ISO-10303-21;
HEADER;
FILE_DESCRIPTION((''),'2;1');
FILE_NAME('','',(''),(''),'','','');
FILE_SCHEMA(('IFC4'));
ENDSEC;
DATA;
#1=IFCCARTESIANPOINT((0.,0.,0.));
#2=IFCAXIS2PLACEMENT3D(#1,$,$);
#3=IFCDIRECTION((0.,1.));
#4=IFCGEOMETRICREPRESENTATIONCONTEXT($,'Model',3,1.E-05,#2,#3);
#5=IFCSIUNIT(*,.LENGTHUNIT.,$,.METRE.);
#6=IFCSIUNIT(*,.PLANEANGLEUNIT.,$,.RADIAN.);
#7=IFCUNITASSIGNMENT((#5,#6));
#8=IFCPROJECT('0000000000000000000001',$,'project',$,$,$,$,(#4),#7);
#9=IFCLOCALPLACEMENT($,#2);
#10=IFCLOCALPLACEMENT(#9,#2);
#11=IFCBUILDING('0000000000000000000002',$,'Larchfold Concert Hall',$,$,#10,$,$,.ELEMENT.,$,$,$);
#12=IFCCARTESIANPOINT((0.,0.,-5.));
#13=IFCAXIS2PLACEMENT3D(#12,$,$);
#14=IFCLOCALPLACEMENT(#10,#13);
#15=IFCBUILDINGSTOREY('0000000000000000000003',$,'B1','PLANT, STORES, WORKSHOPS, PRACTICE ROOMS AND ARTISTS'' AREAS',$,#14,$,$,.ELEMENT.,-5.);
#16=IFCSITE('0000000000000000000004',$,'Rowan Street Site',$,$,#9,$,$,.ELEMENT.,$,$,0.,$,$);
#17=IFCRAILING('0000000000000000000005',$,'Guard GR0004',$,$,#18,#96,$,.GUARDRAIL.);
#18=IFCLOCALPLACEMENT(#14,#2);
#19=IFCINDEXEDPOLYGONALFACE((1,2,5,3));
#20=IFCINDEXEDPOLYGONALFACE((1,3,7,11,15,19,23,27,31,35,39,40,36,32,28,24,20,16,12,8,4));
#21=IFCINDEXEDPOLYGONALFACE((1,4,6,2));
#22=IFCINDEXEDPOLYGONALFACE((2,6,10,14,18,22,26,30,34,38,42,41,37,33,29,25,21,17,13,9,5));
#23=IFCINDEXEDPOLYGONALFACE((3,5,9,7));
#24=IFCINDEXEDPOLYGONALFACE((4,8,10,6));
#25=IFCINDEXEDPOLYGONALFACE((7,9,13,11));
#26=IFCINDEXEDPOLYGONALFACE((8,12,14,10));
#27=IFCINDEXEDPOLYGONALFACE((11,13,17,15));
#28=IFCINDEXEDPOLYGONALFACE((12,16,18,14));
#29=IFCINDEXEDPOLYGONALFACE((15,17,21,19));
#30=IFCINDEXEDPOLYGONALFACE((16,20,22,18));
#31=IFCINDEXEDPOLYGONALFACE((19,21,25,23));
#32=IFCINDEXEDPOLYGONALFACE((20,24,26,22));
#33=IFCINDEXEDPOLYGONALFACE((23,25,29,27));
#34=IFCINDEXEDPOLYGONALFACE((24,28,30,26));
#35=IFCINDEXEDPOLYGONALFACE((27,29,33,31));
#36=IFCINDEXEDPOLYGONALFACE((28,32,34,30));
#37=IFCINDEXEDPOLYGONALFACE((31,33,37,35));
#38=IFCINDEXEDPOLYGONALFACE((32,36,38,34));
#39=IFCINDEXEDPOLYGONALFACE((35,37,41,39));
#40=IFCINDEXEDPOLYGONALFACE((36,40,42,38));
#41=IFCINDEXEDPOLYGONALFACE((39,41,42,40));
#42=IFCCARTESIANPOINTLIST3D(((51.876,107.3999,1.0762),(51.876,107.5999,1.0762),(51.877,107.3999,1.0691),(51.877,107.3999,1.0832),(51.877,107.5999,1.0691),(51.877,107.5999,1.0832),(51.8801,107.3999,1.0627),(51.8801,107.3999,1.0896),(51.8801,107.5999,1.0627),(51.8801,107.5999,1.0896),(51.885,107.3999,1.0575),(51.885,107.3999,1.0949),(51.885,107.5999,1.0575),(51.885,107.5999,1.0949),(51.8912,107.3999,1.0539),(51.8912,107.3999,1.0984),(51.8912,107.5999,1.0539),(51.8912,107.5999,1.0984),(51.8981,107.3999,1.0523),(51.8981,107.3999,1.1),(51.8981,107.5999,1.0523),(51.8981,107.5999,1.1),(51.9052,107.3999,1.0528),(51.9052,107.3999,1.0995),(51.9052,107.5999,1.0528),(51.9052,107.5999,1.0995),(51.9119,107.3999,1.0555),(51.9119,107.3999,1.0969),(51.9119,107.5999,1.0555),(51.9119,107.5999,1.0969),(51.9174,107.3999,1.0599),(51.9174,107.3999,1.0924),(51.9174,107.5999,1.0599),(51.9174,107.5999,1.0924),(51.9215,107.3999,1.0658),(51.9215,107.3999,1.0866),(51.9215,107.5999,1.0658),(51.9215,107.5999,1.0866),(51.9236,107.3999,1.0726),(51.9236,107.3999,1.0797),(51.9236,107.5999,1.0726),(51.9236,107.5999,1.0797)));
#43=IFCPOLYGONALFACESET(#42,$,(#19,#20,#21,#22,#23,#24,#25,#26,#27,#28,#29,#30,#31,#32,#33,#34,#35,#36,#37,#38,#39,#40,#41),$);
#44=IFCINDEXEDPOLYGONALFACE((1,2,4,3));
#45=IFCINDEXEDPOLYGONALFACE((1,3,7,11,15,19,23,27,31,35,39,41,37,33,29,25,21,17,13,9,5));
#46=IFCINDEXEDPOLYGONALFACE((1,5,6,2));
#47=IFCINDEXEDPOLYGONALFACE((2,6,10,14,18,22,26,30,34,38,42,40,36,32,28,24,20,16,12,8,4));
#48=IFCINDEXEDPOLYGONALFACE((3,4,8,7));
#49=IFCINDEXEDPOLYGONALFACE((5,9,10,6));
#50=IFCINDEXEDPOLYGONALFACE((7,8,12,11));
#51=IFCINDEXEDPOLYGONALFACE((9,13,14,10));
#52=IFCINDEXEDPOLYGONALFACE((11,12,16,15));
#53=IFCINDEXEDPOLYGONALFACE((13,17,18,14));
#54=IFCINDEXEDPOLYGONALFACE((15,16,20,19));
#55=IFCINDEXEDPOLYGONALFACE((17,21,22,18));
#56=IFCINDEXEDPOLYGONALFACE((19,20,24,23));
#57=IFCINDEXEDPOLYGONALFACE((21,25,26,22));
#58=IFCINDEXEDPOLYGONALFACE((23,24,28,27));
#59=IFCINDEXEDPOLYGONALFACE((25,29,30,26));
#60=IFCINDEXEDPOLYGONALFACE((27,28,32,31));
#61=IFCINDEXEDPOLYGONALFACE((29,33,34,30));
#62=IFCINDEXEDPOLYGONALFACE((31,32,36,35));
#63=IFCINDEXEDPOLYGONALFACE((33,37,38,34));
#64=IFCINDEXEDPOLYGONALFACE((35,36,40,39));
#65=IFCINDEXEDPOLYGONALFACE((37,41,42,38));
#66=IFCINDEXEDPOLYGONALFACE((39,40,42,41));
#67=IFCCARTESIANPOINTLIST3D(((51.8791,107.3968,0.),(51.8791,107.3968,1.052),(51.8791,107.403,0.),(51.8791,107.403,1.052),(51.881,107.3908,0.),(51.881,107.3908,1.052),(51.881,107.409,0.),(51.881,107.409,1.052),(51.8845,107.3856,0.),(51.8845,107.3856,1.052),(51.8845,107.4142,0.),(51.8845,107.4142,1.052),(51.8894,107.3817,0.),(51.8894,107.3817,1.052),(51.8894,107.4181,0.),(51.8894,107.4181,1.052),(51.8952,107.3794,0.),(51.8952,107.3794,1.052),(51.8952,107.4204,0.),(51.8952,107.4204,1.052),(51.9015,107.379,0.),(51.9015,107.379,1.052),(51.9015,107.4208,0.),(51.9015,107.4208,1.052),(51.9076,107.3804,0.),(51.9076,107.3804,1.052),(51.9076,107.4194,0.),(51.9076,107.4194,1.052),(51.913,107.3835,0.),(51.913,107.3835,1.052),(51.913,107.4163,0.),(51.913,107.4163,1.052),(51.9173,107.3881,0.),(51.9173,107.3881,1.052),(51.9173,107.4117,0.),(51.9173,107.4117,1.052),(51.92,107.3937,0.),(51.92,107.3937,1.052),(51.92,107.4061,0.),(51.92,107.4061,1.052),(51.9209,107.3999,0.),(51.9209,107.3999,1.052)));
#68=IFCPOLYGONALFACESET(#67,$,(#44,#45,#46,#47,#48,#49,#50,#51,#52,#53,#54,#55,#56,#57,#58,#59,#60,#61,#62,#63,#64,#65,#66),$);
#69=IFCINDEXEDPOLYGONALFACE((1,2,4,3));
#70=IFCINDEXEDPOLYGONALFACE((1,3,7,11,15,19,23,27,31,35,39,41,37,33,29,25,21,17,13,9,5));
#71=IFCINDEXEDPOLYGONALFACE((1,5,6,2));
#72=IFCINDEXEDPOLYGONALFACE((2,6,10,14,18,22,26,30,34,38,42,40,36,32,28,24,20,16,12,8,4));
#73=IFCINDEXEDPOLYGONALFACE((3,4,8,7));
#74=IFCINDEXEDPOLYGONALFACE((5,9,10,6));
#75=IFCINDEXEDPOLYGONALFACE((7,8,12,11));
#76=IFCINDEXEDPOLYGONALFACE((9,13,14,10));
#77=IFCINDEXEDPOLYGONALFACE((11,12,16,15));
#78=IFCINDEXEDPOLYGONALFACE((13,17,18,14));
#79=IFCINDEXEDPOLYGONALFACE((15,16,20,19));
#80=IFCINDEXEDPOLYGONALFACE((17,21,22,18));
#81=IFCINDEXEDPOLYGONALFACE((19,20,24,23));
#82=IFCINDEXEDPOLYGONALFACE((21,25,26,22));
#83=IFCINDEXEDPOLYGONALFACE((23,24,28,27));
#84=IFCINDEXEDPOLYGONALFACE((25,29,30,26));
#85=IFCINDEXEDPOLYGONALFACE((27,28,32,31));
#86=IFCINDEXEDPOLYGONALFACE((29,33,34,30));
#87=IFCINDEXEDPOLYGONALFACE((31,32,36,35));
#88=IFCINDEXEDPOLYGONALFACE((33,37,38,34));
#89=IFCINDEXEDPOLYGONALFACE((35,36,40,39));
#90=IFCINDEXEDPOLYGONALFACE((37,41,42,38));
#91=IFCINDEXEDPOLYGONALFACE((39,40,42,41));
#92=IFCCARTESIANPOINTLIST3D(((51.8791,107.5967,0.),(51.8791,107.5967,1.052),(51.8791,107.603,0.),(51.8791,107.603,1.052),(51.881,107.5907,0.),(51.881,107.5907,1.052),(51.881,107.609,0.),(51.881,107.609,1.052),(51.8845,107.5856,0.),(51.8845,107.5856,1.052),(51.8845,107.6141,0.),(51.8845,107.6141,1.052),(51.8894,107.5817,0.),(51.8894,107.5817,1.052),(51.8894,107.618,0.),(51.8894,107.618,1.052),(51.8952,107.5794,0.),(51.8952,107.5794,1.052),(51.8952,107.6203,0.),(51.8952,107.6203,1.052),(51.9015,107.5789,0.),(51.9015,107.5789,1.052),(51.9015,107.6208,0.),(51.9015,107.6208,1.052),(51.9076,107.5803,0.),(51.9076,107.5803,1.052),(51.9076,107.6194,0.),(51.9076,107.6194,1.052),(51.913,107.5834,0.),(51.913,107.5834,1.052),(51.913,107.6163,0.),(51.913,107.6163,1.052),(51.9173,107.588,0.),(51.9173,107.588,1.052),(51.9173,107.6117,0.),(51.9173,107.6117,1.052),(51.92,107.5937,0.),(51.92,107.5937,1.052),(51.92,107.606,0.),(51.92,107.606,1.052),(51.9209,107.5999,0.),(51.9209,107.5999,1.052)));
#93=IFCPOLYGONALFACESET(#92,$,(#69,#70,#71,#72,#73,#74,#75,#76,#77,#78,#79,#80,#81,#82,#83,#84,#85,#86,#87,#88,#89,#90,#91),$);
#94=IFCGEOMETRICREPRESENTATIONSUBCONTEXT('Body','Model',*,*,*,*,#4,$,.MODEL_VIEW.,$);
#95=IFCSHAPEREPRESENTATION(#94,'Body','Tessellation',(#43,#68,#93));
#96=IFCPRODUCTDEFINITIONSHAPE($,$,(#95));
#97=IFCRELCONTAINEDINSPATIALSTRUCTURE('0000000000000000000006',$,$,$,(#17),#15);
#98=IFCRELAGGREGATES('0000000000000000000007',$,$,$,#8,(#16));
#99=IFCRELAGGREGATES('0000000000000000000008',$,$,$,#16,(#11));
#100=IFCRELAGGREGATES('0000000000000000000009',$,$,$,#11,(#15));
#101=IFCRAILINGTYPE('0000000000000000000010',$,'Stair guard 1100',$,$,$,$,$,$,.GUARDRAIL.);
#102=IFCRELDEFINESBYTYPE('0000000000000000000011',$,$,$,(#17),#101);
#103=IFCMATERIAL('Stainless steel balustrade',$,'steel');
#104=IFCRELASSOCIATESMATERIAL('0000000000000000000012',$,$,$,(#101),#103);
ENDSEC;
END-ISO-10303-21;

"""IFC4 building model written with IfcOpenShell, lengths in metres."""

from ifc_helpers import new_model, si_unit, direction, frame, origin, origin_2d, place, context, subcontext, project, spatial, circle, extrude, material, type_object, element, save


model = new_model("IFC4")

# Units and contexts
model_context = context("Model", 3, precision=1e-05, world=origin(), true_north=direction((0.0, 1.0)))
body_context = subcontext(model_context, "Body", "Model", "MODEL_VIEW")
ifc_project = project(units=[si_unit("LENGTHUNIT", "METRE"), si_unit("PLANEANGLEUNIT", "RADIAN")], contexts=[model_context])

# Site, building, storey
site_placement = place(None, origin())
site = spatial("IfcSite", under=ifc_project, at=site_placement, Name="Rowan Street Site", CompositionType="ELEMENT", RefElevation=0.0)
building_placement = place(site_placement, origin())
building = spatial("IfcBuilding", under=site, at=building_placement, Name="Larchfold Concert Hall", CompositionType="ELEMENT")
storey_placement = place(building_placement, frame((0.0, 0.0, -5.0)))
storey = spatial("IfcBuildingStorey", under=building, at=storey_placement, Name="B1", Description="PLANT, STORES, WORKSHOPS, PRACTICE ROOMS AND ARTISTS' AREAS", CompositionType="ELEMENT", Elevation=-5.0)

# Railing
ifc_material_1 = material(Name="Stainless steel balustrade", Category="steel")
railing_type_1 = type_object("IfcRailingType", Name="Stair guard 1100", PredefinedType="GUARDRAIL", material=ifc_material_1)
railing_1_placement = place(storey_placement, frame((51.8999, 107.3999, 0.0)))
element("IfcRailing", 1, at=railing_1_placement, inside=storey, type_object=railing_type_1, Name="Guard GR0004", PredefinedType="GUARDRAIL", context=body_context, shape_type="SweptSolid", body=[
    extrude(circle(Radius=0.0239, at=origin_2d()), frame((0.0, 0.0, 1.0762), z_axis=(0.0, 1.0, 0.0), x_axis=(-1.0, 0.0, 0.0)), (0.0, 0.0, 1.0), 0.2),
    extrude(circle(Radius=0.021, at=origin_2d()), origin(), (0.0, 0.0, 1.0), 1.052),
    extrude(circle(Radius=0.021, at=origin_2d()), frame((0.0, 0.2, 0.0)), (0.0, 0.0, 1.0), 1.052),
])

save(model, "model.ifc")
